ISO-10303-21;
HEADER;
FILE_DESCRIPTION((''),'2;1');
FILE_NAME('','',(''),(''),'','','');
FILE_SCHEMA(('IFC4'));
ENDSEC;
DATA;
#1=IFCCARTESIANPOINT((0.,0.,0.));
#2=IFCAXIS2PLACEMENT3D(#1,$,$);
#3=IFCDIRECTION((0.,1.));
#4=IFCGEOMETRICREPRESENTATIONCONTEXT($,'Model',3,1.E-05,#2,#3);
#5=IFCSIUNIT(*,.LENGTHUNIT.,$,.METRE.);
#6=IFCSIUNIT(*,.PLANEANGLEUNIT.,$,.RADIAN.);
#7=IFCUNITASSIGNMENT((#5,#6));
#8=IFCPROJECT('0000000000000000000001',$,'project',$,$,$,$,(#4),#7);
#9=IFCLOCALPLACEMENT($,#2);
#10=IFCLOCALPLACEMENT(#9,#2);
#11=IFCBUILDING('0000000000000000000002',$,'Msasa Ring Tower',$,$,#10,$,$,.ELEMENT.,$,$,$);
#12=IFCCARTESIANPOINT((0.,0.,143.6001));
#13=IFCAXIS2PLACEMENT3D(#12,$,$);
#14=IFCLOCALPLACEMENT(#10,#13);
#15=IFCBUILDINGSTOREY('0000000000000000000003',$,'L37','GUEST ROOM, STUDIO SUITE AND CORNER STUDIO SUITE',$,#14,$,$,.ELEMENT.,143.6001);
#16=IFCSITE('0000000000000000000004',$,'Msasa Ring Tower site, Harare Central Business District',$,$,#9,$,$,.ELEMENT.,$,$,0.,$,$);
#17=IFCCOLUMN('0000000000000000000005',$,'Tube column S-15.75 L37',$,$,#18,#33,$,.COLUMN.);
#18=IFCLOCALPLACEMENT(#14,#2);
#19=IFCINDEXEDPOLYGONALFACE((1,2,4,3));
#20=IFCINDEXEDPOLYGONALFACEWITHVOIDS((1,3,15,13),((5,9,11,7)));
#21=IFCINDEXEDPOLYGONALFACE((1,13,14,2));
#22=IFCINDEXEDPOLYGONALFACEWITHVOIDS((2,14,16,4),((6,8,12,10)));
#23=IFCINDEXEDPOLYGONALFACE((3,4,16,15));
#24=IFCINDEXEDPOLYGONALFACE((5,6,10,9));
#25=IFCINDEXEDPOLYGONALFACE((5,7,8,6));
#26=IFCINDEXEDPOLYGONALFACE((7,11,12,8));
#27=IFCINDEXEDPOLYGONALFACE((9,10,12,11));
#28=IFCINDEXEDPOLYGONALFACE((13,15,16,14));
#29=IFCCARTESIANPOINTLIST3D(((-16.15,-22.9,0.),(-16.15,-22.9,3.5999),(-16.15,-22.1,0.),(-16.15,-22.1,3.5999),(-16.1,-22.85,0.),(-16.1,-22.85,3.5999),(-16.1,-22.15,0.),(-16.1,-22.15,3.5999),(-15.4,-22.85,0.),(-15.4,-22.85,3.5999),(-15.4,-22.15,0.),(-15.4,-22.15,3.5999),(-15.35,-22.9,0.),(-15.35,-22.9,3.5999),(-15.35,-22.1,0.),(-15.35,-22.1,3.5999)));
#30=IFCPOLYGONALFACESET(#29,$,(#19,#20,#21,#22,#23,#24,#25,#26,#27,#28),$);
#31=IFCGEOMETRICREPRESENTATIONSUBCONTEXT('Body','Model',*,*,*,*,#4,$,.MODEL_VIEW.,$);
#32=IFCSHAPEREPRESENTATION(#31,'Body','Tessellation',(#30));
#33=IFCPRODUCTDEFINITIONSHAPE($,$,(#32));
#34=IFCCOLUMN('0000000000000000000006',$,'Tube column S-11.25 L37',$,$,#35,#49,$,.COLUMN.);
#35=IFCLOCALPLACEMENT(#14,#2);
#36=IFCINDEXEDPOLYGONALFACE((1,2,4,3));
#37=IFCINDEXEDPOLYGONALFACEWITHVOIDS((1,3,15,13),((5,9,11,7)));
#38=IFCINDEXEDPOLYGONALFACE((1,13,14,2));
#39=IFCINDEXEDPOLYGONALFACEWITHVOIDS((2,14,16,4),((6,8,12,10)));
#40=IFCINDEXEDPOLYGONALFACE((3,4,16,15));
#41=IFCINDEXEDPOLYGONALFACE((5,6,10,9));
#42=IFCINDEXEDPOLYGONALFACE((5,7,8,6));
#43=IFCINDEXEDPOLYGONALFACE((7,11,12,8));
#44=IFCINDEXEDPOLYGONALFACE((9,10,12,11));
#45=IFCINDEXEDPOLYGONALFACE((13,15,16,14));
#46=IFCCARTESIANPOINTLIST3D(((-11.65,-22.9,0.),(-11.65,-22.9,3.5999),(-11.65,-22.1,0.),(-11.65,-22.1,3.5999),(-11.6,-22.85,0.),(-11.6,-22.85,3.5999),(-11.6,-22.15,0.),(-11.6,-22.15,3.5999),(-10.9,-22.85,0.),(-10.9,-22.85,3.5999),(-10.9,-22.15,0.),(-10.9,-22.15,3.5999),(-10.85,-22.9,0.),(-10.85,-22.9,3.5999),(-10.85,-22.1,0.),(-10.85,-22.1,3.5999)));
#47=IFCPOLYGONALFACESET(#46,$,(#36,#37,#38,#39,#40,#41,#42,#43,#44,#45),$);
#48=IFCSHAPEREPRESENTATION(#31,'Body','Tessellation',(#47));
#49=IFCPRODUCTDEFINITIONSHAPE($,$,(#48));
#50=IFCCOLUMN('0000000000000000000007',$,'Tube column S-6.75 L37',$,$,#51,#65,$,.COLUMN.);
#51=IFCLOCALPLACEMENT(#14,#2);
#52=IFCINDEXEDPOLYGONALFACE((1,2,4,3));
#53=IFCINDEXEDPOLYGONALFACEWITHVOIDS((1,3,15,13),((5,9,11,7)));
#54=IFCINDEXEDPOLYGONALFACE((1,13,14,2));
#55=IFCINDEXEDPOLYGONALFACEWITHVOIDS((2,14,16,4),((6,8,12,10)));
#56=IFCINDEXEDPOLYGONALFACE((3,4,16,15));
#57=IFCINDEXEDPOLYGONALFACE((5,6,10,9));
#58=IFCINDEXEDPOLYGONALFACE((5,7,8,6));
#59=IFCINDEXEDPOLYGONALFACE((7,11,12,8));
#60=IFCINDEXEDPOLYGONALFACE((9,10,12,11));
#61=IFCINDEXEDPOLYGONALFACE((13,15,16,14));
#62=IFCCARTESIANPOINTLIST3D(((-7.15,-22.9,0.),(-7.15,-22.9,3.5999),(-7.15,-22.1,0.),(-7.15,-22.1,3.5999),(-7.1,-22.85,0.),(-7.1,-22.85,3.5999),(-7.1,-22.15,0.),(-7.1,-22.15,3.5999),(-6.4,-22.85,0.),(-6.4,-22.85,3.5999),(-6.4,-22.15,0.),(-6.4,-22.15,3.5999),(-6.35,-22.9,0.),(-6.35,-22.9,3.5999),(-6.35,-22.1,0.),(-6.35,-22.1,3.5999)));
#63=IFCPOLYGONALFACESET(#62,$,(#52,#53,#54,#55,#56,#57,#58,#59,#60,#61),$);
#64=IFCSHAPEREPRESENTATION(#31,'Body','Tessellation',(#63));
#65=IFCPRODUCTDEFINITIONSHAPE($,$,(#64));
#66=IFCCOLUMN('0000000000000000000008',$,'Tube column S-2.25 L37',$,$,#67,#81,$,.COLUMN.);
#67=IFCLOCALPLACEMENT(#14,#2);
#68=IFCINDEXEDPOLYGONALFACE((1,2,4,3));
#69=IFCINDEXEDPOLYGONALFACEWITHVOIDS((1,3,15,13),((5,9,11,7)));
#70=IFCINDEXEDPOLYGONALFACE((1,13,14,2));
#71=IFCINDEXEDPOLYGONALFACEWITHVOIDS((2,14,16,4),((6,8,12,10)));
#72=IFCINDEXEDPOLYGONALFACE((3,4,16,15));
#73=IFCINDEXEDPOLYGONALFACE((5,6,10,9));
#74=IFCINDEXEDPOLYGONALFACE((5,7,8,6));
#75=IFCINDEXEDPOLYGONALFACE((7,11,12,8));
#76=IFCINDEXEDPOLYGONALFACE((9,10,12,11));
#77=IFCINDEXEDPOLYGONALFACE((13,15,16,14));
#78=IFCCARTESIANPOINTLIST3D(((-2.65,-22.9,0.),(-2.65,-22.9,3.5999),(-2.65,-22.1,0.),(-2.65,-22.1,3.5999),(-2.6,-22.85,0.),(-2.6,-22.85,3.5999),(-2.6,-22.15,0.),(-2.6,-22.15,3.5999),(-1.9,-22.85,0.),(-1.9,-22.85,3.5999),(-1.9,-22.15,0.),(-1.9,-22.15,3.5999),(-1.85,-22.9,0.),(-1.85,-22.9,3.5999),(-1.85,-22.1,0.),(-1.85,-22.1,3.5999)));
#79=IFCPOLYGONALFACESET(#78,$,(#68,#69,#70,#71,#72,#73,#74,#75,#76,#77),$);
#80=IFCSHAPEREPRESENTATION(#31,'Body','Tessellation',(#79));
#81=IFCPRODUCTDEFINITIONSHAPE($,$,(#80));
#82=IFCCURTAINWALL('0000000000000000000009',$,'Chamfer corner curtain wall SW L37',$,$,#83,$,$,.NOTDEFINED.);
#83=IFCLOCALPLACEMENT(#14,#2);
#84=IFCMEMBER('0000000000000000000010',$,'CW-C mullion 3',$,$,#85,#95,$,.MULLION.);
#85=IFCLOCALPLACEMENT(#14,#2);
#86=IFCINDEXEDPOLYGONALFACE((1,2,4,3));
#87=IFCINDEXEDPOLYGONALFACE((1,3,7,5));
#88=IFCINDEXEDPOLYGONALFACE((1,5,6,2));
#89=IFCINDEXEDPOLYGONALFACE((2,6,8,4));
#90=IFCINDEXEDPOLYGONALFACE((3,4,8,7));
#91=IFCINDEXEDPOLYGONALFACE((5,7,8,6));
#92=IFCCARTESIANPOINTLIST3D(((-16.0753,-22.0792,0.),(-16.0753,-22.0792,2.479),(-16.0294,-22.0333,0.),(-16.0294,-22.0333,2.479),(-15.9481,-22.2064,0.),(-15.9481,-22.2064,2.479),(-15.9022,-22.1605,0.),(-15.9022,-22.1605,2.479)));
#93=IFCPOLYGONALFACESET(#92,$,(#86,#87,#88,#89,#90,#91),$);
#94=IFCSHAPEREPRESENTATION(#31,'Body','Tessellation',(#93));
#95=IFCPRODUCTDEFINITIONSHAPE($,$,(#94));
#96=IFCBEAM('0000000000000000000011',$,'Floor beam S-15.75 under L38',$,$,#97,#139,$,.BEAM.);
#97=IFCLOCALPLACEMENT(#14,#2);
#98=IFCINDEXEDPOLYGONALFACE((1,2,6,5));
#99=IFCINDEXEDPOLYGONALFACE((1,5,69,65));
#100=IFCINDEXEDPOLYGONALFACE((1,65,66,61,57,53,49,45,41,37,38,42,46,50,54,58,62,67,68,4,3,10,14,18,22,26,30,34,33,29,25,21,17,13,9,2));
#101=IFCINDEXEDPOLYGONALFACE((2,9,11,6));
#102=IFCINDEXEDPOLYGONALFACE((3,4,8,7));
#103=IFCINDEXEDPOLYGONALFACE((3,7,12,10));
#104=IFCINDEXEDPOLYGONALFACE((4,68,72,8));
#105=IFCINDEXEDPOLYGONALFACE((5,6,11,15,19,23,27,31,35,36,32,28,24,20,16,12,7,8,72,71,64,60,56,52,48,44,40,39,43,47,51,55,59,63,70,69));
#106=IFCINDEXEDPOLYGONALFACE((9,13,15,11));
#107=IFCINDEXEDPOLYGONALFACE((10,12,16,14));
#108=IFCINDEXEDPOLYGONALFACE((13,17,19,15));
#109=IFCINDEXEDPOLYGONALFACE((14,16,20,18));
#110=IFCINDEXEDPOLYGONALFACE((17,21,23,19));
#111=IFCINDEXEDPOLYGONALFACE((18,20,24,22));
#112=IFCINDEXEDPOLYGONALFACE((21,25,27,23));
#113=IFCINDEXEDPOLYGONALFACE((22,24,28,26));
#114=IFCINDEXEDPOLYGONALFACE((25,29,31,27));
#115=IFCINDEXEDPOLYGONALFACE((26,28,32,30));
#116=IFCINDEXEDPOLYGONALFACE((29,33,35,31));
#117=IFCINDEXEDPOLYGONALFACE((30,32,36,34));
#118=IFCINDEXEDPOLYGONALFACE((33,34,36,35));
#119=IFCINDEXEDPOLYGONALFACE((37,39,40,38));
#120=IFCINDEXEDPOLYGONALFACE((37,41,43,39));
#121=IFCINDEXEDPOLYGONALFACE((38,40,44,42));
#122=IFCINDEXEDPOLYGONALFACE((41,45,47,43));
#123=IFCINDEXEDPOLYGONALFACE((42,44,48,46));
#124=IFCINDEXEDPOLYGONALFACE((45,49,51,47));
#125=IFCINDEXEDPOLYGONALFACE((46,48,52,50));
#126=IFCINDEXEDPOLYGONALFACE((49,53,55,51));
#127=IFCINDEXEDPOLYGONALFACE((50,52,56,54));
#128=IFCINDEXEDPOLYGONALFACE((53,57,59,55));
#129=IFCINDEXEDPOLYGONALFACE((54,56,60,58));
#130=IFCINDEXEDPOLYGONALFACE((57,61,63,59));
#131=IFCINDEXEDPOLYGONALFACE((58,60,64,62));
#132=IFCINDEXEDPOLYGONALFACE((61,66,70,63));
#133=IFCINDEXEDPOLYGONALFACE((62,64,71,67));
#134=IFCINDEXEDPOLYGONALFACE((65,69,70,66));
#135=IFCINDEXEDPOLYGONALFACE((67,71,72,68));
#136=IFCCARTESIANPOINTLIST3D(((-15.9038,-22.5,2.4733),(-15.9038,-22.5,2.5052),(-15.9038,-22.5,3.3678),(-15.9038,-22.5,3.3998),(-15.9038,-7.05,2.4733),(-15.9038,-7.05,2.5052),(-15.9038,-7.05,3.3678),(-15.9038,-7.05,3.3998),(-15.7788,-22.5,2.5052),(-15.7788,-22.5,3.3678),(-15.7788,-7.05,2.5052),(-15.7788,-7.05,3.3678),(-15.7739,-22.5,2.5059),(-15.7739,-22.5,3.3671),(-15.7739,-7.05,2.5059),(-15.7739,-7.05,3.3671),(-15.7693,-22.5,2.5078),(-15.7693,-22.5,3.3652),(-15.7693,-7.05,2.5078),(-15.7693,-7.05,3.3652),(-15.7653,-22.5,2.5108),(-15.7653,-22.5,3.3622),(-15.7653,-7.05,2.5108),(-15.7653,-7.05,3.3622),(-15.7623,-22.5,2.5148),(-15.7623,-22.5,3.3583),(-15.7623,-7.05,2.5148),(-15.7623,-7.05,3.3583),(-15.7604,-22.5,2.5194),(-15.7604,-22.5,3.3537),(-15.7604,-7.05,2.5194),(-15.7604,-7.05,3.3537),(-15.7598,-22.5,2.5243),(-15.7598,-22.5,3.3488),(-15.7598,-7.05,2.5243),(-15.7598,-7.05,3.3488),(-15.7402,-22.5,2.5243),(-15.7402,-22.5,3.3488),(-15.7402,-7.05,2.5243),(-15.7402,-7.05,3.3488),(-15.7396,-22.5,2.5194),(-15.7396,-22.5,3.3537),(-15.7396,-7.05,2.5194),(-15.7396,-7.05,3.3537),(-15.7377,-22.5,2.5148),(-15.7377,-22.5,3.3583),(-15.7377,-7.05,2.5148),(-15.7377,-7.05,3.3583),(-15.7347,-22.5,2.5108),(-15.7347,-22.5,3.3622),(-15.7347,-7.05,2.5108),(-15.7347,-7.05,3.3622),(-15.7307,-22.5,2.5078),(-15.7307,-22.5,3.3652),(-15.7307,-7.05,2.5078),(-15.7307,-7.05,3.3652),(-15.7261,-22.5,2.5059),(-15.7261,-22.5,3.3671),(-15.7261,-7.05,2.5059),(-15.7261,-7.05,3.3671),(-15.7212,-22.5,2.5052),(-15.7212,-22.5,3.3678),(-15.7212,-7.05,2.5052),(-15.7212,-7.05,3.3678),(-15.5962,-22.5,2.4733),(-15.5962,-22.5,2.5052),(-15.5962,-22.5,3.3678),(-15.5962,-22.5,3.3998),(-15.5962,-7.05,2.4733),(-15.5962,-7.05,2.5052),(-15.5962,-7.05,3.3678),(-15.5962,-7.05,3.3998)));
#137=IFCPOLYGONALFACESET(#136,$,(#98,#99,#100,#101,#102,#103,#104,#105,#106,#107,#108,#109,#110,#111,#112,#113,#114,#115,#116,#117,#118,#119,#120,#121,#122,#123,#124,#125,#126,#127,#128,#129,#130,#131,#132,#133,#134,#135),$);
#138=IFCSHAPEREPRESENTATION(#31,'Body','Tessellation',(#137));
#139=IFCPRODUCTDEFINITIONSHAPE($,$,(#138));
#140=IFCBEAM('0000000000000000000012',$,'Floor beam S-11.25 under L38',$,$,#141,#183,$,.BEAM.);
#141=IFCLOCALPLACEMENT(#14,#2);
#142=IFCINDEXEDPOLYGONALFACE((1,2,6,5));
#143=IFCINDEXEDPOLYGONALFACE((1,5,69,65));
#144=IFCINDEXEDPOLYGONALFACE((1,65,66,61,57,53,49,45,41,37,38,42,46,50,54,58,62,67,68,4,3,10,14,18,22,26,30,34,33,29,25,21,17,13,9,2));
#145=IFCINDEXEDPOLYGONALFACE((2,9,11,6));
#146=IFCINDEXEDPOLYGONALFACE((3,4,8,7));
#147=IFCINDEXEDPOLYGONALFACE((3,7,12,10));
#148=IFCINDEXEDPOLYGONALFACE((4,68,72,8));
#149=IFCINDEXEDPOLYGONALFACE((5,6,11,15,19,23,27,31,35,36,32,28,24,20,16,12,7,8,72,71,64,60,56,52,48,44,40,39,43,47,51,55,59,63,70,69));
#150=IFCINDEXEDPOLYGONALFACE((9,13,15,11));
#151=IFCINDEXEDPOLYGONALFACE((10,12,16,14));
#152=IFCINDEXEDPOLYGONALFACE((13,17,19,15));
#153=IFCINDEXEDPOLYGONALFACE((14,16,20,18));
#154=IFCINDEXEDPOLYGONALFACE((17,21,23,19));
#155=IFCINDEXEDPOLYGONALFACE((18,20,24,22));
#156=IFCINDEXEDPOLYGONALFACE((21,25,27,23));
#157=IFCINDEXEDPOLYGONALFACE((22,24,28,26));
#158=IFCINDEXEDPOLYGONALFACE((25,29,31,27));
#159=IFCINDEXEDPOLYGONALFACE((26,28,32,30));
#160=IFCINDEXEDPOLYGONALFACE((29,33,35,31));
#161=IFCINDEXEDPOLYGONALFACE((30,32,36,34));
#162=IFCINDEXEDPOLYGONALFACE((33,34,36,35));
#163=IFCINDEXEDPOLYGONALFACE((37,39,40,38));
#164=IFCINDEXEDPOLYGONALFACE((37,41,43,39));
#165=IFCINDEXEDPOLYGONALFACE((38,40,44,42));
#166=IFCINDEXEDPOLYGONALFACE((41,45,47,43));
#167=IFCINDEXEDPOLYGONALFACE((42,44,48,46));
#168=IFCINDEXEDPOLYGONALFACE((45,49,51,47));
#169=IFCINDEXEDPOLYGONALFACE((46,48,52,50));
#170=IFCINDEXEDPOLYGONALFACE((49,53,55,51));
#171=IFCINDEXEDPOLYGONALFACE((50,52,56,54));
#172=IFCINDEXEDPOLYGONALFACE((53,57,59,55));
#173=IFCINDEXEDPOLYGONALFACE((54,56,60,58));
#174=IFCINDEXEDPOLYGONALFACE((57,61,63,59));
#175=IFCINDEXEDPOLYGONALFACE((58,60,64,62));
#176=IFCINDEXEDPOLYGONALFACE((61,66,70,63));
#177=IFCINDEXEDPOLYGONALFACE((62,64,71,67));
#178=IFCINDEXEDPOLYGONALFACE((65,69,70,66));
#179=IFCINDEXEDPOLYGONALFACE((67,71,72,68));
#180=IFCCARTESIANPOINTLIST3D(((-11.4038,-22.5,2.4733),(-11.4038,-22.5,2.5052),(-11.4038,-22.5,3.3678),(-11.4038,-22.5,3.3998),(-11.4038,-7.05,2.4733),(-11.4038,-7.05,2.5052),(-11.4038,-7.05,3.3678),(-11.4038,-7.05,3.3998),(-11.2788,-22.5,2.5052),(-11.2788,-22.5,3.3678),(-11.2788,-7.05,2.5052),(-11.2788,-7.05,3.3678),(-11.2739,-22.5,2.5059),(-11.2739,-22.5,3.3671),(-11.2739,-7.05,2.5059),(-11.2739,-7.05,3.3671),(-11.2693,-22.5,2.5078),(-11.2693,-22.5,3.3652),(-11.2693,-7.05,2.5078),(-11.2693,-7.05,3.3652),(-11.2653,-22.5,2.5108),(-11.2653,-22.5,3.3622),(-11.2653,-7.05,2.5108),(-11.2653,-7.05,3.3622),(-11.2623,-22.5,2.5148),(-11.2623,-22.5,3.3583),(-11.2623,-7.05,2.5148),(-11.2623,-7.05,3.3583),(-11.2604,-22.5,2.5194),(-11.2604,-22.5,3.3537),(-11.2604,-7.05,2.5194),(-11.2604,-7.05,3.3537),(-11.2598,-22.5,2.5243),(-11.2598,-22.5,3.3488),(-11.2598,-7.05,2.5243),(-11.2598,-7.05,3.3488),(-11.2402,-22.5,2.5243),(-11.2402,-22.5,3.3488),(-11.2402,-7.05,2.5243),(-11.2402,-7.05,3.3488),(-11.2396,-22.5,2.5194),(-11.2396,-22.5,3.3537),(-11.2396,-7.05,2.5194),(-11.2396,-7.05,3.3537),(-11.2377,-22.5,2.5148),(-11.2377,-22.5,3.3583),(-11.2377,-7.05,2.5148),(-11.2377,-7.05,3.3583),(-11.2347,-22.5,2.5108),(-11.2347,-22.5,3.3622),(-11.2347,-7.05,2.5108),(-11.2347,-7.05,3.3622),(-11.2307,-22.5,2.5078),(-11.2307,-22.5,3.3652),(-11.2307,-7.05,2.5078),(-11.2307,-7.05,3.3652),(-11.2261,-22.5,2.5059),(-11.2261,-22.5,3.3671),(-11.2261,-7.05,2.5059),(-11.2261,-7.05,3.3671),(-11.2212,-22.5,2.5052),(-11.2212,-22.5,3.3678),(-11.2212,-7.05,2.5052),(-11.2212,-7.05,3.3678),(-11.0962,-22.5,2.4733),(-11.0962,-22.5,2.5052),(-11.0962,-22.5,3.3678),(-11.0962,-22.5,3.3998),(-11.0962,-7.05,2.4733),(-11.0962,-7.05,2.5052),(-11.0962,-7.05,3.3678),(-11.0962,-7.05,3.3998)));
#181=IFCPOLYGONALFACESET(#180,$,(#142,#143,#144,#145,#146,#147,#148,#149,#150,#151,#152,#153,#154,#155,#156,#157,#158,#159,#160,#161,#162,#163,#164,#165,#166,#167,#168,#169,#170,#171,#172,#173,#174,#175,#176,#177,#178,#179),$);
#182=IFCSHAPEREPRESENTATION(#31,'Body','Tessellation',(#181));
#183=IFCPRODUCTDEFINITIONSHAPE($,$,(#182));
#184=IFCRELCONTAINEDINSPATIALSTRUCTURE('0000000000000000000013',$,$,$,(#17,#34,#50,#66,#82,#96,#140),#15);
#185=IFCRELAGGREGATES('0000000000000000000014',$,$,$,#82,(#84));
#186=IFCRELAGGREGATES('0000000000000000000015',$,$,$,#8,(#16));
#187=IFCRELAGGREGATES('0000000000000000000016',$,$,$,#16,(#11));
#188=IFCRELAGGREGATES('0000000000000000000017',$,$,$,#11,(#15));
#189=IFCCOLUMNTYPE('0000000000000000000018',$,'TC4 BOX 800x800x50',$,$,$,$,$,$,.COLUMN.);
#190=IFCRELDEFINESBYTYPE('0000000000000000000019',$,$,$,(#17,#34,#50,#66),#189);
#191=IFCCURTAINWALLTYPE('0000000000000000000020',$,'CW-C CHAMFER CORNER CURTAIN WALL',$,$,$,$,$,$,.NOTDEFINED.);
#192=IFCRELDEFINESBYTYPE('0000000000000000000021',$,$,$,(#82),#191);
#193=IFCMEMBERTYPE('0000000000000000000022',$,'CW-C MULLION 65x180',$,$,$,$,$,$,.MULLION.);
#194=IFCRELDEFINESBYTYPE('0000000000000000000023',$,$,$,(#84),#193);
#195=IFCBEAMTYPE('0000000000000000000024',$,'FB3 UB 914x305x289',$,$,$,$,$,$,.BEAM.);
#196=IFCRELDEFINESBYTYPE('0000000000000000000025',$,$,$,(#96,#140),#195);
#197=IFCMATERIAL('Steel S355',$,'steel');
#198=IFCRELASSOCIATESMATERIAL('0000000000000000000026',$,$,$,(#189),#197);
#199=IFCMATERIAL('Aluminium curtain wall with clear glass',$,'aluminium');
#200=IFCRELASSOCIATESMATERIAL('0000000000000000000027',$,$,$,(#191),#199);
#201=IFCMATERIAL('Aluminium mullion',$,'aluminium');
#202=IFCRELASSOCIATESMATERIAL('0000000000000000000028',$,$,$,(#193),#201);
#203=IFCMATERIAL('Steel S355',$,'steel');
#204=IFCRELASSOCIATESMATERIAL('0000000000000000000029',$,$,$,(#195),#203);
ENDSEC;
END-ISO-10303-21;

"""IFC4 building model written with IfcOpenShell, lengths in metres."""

from ifc_helpers import new_model, si_unit, direction, frame, origin, origin_2d, place, context, subcontext, project, spatial, rectangle, hollow_rectangle, i_section, extrude, material, material_profile, profile_set, type_object, element, aggregate, save


model = new_model("IFC4")

# Units and contexts
model_context = context("Model", 3, precision=1e-05, world=origin(), true_north=direction((0.0, 1.0)))
body_context = subcontext(model_context, "Body", "Model", "MODEL_VIEW")
ifc_project = project(units=[si_unit("LENGTHUNIT", "METRE"), si_unit("PLANEANGLEUNIT", "RADIAN")], contexts=[model_context])

# Site, building, storey
site_placement = place(None, origin())
site = spatial("IfcSite", under=ifc_project, at=site_placement, Name="Msasa Ring Tower site, Harare Central Business District", CompositionType="ELEMENT", RefElevation=0.0)
building_placement = place(site_placement, origin())
building = spatial("IfcBuilding", under=site, at=building_placement, Name="Msasa Ring Tower", CompositionType="ELEMENT")
storey_placement = place(building_placement, frame((0.0, 0.0, 143.6001)))
storey = spatial("IfcBuildingStorey", under=building, at=storey_placement, Name="L37", Description="GUEST ROOM, STUDIO SUITE AND CORNER STUDIO SUITE", CompositionType="ELEMENT", Elevation=143.6001)

# Columns
ifc_material_1 = material(Name="Steel S355", Category="steel")
ifc_material_profile_1 = material_profile(ifc_material_1, hollow_rectangle(XDim=0.8, YDim=0.8, WallThickness=0.05, at=origin_2d()), Name="BOX 800x800x50")
ifc_profile_set_1 = profile_set([ifc_material_profile_1], Name="Steel S355")
column_type = type_object("IfcColumnType", Name="TC4 BOX 800x800x50", PredefinedType="COLUMN", material=ifc_profile_set_1)
for number, where, z_axis, x_axis, name in (
    (1, (-15.75, -22.5, 0.0), (0.0, 0.0, 1.0), (0.0, 1.0, 0.0), "Tube column S-15.75 L37"),
    (2, (-11.25, -22.5, 0.0), (0.0, 0.0, 1.0), (0.0, 1.0, 0.0), "Tube column S-11.25 L37"),
    (3, (-6.75, -22.5, 0.0), (0.0, 0.0, 1.0), (0.0, 1.0, 0.0), "Tube column S-6.75 L37"),
    (4, (-2.25, -22.5, 0.0), (0.0, 0.0, 1.0), (0.0, 1.0, 0.0), "Tube column S-2.25 L37"),
):
    element("IfcColumn", number, at=place(storey_placement, frame(where, z_axis=z_axis, x_axis=x_axis)), inside=storey, type_object=column_type, Name=name, PredefinedType="COLUMN", context=body_context, shape_type="SweptSolid", body=[
        extrude(hollow_rectangle(XDim=0.8, YDim=0.8, WallThickness=0.05, at=origin_2d()), origin(), (0.0, 0.0, 1.0), 3.5999),
    ])

# Curtain wall, member
ifc_material_2 = material(Name="Aluminium curtain wall with clear glass", Category="aluminium")
curtain_wall_type = type_object("IfcCurtainWallType", Name="CW-C CHAMFER CORNER CURTAIN WALL", PredefinedType="NOTDEFINED", material=ifc_material_2)
curtain_wall_placement = place(storey_placement, origin())
curtain_wall = element("IfcCurtainWall", 5, at=curtain_wall_placement, inside=storey, type_object=curtain_wall_type, Name="Chamfer corner curtain wall SW L37", PredefinedType="NOTDEFINED")
ifc_material_3 = material(Name="Aluminium mullion", Category="aluminium")
ifc_material_profile_2 = material_profile(ifc_material_3, rectangle(XDim=0.0649, YDim=0.1799, at=origin_2d()), Name="AL 65x180")
ifc_profile_set_2 = profile_set([ifc_material_profile_2], Name="Aluminium mullion")
member_type = type_object("IfcMemberType", Name="CW-C MULLION 65x180", PredefinedType="MULLION", material=ifc_profile_set_2)
member_placement = place(storey_placement, frame((-15.9888, -22.1199, 0.0), z_axis=(0.0, 0.0, 1.0), x_axis=(0.707107, 0.707107, 0.0)))
member = element("IfcMember", 6, at=member_placement, type_object=member_type, Name="CW-C mullion 3", PredefinedType="MULLION", context=body_context, shape_type="SweptSolid", body=[
    extrude(rectangle(XDim=0.0649, YDim=0.1799, at=origin_2d()), origin(), (0.0, 0.0, 1.0), 2.479),
])
aggregate(curtain_wall, [member])

# Beams
ifc_material_4 = material(Name="Steel S355", Category="steel")
ifc_material_profile_3 = material_profile(ifc_material_4, i_section(OverallWidth=0.3076, OverallDepth=0.9265, WebThickness=0.0195, FlangeThickness=0.032, FilletRadius=0.019, at=origin_2d()), Name="UB 914x305x289")
ifc_profile_set_3 = profile_set([ifc_material_profile_3], Name="Steel S355")
beam_type_1 = type_object("IfcBeamType", Name="FB3 UB 914x305x289", PredefinedType="BEAM", material=ifc_profile_set_3)
for number, where, z_axis, x_axis, name in (
    (7, (-15.75, -22.5, 2.9365), (0.0, 1.0, 0.0), (-1.0, 0.0, 0.0), "Floor beam S-15.75 under L38"),
    (8, (-11.25, -22.5, 2.9365), (0.0, 1.0, 0.0), (-1.0, 0.0, 0.0), "Floor beam S-11.25 under L38"),
):
    element("IfcBeam", number, at=place(storey_placement, frame(where, z_axis=z_axis, x_axis=x_axis)), inside=storey, type_object=beam_type_1, Name=name, PredefinedType="BEAM", context=body_context, shape_type="SweptSolid", body=[
        extrude(i_section(OverallWidth=0.3076, OverallDepth=0.9265, WebThickness=0.0195, FlangeThickness=0.032, FilletRadius=0.019, at=origin_2d()), origin(), (0.0, 0.0, 1.0), 15.45),
    ])

save(model, "model.ifc")
